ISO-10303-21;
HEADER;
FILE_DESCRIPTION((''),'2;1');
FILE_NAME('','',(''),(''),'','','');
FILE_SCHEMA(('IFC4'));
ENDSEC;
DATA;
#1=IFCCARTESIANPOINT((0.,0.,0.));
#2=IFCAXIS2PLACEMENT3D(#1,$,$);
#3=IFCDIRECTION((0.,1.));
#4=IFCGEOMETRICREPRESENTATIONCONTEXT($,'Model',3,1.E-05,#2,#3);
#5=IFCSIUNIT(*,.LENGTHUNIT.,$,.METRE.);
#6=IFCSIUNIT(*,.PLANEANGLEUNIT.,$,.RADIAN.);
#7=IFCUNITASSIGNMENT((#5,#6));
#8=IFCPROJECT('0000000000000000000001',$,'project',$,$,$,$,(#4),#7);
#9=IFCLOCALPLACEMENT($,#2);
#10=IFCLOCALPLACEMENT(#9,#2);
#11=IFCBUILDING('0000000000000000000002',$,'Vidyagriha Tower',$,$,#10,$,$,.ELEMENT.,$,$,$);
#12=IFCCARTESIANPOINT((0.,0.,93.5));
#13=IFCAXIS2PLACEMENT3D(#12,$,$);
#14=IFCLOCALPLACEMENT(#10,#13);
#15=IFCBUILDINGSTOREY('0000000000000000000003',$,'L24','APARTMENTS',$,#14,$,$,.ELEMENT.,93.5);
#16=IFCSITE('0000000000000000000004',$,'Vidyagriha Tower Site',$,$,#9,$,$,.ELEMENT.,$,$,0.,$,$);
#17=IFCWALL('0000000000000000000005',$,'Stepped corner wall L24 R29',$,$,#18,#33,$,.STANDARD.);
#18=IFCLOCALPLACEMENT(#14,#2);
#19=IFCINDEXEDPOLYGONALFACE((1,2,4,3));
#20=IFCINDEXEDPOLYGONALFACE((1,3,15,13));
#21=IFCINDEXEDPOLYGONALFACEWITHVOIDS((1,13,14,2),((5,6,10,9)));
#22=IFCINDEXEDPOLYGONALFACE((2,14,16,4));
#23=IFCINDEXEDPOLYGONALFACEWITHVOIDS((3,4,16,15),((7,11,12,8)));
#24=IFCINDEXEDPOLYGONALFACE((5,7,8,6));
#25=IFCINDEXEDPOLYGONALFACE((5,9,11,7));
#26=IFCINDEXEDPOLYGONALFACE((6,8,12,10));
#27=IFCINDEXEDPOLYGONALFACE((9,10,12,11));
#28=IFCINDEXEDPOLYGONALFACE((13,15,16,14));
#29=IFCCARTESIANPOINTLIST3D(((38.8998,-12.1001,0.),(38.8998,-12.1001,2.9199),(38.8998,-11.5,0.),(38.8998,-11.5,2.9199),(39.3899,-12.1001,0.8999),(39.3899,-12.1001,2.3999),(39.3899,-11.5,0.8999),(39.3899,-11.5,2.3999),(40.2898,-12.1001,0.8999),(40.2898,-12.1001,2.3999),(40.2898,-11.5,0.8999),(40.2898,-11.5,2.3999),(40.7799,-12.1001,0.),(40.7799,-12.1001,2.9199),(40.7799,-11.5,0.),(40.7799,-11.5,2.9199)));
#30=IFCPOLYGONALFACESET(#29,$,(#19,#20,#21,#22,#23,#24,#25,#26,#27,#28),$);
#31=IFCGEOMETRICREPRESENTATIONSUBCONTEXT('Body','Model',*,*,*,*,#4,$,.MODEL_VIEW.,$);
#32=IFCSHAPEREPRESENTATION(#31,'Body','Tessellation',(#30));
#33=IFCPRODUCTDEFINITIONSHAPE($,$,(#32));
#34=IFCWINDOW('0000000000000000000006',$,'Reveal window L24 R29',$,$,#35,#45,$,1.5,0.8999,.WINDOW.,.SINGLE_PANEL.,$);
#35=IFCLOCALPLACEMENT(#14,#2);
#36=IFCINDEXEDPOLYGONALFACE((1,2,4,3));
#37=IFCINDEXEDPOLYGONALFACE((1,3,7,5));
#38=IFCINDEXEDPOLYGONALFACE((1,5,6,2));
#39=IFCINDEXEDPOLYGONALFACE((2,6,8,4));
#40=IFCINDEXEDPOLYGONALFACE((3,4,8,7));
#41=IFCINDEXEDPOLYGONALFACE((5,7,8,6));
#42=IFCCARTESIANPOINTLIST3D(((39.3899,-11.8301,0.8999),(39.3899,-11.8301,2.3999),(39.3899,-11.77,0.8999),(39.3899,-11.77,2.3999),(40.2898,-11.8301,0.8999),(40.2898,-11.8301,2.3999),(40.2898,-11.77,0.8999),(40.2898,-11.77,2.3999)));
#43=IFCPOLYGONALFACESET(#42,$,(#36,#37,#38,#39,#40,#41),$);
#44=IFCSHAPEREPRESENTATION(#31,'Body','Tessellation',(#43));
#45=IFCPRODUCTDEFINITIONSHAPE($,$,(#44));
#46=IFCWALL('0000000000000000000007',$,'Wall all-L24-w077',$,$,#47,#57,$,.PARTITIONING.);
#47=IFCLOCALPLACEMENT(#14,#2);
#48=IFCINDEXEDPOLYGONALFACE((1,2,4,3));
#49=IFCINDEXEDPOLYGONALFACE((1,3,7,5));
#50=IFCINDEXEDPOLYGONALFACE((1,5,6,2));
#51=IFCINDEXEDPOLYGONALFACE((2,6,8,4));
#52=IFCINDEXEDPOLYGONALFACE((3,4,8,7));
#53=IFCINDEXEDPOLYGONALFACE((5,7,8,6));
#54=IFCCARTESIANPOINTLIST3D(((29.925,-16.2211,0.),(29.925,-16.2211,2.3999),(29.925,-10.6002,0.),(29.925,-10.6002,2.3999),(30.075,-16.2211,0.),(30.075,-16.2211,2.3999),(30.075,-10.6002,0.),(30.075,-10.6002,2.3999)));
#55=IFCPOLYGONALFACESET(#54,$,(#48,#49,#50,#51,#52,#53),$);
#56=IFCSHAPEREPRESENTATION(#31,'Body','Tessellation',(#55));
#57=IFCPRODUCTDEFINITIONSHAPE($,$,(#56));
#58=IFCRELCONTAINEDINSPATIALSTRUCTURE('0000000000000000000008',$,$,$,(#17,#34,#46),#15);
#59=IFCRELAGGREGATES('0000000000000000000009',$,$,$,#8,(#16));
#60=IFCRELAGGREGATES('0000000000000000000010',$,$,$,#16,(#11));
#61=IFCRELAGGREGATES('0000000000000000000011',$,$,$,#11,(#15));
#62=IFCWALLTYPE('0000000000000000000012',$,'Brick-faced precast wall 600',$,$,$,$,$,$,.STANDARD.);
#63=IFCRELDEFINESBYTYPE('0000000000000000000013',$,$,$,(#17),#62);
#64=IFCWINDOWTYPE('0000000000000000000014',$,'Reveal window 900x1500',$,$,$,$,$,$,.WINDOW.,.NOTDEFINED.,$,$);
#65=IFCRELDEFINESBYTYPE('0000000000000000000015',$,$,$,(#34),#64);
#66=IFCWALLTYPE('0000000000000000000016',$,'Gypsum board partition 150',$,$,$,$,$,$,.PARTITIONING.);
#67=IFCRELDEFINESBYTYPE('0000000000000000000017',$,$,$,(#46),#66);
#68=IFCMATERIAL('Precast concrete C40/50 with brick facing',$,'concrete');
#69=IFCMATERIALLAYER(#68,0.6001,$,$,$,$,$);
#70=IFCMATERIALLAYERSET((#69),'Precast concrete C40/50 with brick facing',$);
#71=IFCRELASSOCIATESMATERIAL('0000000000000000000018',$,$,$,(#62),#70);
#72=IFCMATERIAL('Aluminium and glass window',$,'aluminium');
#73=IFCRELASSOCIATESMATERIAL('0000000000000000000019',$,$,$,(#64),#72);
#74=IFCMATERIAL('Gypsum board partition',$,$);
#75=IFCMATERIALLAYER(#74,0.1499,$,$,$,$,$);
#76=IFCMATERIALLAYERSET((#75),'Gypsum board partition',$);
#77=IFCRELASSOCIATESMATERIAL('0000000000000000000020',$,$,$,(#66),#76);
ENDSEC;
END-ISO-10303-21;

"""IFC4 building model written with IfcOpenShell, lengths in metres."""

from ifc_helpers import new_model, si_unit, direction, frame, frame_2d, origin, place, context, subcontext, project, spatial, rectangle, extrude, material, layer, layer_set, type_object, element, fill, save


model = new_model("IFC4")

# Units and contexts
model_context = context("Model", 3, precision=1e-05, world=origin(), true_north=direction((0.0, 1.0)))
body_context = subcontext(model_context, "Body", "Model", "MODEL_VIEW")
ifc_project = project(units=[si_unit("LENGTHUNIT", "METRE"), si_unit("PLANEANGLEUNIT", "RADIAN")], contexts=[model_context])

# Site, building, storey
site_placement = place(None, origin())
site = spatial("IfcSite", under=ifc_project, at=site_placement, Name="Vidyagriha Tower Site", CompositionType="ELEMENT", RefElevation=0.0)
building_placement = place(site_placement, origin())
building = spatial("IfcBuilding", under=site, at=building_placement, Name="Vidyagriha Tower", CompositionType="ELEMENT")
storey_placement = place(building_placement, frame((0.0, 0.0, 93.5)))
storey = spatial("IfcBuildingStorey", under=building, at=storey_placement, Name="L24", Description="APARTMENTS", CompositionType="ELEMENT", Elevation=93.5)

# Shared definitions
ifc_material_1 = material(Name="Precast concrete C40/50 with brick facing", Category="concrete")
ifc_layer_1 = layer(ifc_material_1, 0.6001)
ifc_layer_set_1 = layer_set([ifc_layer_1], Name="Precast concrete C40/50 with brick facing")
wall_type_1 = type_object("IfcWallType", Name="Brick-faced precast wall 600", PredefinedType="STANDARD", material=ifc_layer_set_1)

# Shared definitions
ifc_material_2 = material(Name="Aluminium and glass window", Category="aluminium")
window_type = type_object("IfcWindowType", Name="Reveal window 900x1500", PartitioningType="NOTDEFINED", PredefinedType="WINDOW", material=ifc_material_2)

# Wall, opening, window
wall_1_placement = place(storey_placement, frame((38.8999, -11.8, 0.0)))
wall_1 = element("IfcWall", 1, at=wall_1_placement, inside=storey, type_object=wall_type_1, Name="Stepped corner wall L24 R29", PredefinedType="STANDARD", context=body_context, shape_type="SweptSolid", body=[
    extrude(rectangle(XDim=1.8801, YDim=0.6001, at=frame_2d((0.9399, 0.0))), origin(), (0.0, 0.0, 1.0), 2.9199),
])
opening_1_placement = place(wall_1_placement, frame((0.49, 0.0, 0.8999)))
opening_1 = element("IfcOpeningElement", 2, at=opening_1_placement, cuts=wall_1, PredefinedType="OPENING", context=body_context, shape_type="SweptSolid", body=[
    extrude(rectangle(XDim=0.8999, YDim=1.5, at=frame_2d((0.45, 0.75))), frame((0.0, 0.3101, 0.0), z_axis=(0.0, -1.0, 0.0), x_axis=(1.0, 0.0, 0.0)), (0.0, 0.0, 1.0), 0.6201),
])
window_1_placement = place(opening_1_placement, origin())
window_1 = element("IfcWindow", 3, at=window_1_placement, inside=storey, type_object=window_type, Name="Reveal window L24 R29", OverallHeight=1.5, OverallWidth=0.8999, PartitioningType="SINGLE_PANEL", PredefinedType="WINDOW", context=body_context, shape_type="SweptSolid", body=[
    extrude(rectangle(XDim=0.8999, YDim=1.5, at=frame_2d((0.45, 0.75))), frame((0.0, 0.03, 0.0), z_axis=(0.0, -1.0, 0.0), x_axis=(1.0, 0.0, 0.0)), (0.0, 0.0, 1.0), 0.0601),
])
fill(opening_1, window_1)

# Wall
ifc_material_3 = material(Name="Gypsum board partition")
ifc_layer_2 = layer(ifc_material_3, 0.1499)
ifc_layer_set_2 = layer_set([ifc_layer_2], Name="Gypsum board partition")
wall_type_2 = type_object("IfcWallType", Name="Gypsum board partition 150", PredefinedType="PARTITIONING", material=ifc_layer_set_2)
wall_2_placement = place(storey_placement, frame((30.0, -10.6001, 0.0), z_axis=(0.0, 0.0, 1.0), x_axis=(0.0, -1.0, 0.0)))
element("IfcWall", 4, at=wall_2_placement, inside=storey, type_object=wall_type_2, Name="Wall all-L24-w077", PredefinedType="PARTITIONING", context=body_context, shape_type="SweptSolid", body=[
    extrude(rectangle(XDim=5.6208, YDim=0.1499, at=frame_2d((2.8105, 0.0))), origin(), (0.0, 0.0, 1.0), 2.3999),
])

save(model, "model.ifc")
